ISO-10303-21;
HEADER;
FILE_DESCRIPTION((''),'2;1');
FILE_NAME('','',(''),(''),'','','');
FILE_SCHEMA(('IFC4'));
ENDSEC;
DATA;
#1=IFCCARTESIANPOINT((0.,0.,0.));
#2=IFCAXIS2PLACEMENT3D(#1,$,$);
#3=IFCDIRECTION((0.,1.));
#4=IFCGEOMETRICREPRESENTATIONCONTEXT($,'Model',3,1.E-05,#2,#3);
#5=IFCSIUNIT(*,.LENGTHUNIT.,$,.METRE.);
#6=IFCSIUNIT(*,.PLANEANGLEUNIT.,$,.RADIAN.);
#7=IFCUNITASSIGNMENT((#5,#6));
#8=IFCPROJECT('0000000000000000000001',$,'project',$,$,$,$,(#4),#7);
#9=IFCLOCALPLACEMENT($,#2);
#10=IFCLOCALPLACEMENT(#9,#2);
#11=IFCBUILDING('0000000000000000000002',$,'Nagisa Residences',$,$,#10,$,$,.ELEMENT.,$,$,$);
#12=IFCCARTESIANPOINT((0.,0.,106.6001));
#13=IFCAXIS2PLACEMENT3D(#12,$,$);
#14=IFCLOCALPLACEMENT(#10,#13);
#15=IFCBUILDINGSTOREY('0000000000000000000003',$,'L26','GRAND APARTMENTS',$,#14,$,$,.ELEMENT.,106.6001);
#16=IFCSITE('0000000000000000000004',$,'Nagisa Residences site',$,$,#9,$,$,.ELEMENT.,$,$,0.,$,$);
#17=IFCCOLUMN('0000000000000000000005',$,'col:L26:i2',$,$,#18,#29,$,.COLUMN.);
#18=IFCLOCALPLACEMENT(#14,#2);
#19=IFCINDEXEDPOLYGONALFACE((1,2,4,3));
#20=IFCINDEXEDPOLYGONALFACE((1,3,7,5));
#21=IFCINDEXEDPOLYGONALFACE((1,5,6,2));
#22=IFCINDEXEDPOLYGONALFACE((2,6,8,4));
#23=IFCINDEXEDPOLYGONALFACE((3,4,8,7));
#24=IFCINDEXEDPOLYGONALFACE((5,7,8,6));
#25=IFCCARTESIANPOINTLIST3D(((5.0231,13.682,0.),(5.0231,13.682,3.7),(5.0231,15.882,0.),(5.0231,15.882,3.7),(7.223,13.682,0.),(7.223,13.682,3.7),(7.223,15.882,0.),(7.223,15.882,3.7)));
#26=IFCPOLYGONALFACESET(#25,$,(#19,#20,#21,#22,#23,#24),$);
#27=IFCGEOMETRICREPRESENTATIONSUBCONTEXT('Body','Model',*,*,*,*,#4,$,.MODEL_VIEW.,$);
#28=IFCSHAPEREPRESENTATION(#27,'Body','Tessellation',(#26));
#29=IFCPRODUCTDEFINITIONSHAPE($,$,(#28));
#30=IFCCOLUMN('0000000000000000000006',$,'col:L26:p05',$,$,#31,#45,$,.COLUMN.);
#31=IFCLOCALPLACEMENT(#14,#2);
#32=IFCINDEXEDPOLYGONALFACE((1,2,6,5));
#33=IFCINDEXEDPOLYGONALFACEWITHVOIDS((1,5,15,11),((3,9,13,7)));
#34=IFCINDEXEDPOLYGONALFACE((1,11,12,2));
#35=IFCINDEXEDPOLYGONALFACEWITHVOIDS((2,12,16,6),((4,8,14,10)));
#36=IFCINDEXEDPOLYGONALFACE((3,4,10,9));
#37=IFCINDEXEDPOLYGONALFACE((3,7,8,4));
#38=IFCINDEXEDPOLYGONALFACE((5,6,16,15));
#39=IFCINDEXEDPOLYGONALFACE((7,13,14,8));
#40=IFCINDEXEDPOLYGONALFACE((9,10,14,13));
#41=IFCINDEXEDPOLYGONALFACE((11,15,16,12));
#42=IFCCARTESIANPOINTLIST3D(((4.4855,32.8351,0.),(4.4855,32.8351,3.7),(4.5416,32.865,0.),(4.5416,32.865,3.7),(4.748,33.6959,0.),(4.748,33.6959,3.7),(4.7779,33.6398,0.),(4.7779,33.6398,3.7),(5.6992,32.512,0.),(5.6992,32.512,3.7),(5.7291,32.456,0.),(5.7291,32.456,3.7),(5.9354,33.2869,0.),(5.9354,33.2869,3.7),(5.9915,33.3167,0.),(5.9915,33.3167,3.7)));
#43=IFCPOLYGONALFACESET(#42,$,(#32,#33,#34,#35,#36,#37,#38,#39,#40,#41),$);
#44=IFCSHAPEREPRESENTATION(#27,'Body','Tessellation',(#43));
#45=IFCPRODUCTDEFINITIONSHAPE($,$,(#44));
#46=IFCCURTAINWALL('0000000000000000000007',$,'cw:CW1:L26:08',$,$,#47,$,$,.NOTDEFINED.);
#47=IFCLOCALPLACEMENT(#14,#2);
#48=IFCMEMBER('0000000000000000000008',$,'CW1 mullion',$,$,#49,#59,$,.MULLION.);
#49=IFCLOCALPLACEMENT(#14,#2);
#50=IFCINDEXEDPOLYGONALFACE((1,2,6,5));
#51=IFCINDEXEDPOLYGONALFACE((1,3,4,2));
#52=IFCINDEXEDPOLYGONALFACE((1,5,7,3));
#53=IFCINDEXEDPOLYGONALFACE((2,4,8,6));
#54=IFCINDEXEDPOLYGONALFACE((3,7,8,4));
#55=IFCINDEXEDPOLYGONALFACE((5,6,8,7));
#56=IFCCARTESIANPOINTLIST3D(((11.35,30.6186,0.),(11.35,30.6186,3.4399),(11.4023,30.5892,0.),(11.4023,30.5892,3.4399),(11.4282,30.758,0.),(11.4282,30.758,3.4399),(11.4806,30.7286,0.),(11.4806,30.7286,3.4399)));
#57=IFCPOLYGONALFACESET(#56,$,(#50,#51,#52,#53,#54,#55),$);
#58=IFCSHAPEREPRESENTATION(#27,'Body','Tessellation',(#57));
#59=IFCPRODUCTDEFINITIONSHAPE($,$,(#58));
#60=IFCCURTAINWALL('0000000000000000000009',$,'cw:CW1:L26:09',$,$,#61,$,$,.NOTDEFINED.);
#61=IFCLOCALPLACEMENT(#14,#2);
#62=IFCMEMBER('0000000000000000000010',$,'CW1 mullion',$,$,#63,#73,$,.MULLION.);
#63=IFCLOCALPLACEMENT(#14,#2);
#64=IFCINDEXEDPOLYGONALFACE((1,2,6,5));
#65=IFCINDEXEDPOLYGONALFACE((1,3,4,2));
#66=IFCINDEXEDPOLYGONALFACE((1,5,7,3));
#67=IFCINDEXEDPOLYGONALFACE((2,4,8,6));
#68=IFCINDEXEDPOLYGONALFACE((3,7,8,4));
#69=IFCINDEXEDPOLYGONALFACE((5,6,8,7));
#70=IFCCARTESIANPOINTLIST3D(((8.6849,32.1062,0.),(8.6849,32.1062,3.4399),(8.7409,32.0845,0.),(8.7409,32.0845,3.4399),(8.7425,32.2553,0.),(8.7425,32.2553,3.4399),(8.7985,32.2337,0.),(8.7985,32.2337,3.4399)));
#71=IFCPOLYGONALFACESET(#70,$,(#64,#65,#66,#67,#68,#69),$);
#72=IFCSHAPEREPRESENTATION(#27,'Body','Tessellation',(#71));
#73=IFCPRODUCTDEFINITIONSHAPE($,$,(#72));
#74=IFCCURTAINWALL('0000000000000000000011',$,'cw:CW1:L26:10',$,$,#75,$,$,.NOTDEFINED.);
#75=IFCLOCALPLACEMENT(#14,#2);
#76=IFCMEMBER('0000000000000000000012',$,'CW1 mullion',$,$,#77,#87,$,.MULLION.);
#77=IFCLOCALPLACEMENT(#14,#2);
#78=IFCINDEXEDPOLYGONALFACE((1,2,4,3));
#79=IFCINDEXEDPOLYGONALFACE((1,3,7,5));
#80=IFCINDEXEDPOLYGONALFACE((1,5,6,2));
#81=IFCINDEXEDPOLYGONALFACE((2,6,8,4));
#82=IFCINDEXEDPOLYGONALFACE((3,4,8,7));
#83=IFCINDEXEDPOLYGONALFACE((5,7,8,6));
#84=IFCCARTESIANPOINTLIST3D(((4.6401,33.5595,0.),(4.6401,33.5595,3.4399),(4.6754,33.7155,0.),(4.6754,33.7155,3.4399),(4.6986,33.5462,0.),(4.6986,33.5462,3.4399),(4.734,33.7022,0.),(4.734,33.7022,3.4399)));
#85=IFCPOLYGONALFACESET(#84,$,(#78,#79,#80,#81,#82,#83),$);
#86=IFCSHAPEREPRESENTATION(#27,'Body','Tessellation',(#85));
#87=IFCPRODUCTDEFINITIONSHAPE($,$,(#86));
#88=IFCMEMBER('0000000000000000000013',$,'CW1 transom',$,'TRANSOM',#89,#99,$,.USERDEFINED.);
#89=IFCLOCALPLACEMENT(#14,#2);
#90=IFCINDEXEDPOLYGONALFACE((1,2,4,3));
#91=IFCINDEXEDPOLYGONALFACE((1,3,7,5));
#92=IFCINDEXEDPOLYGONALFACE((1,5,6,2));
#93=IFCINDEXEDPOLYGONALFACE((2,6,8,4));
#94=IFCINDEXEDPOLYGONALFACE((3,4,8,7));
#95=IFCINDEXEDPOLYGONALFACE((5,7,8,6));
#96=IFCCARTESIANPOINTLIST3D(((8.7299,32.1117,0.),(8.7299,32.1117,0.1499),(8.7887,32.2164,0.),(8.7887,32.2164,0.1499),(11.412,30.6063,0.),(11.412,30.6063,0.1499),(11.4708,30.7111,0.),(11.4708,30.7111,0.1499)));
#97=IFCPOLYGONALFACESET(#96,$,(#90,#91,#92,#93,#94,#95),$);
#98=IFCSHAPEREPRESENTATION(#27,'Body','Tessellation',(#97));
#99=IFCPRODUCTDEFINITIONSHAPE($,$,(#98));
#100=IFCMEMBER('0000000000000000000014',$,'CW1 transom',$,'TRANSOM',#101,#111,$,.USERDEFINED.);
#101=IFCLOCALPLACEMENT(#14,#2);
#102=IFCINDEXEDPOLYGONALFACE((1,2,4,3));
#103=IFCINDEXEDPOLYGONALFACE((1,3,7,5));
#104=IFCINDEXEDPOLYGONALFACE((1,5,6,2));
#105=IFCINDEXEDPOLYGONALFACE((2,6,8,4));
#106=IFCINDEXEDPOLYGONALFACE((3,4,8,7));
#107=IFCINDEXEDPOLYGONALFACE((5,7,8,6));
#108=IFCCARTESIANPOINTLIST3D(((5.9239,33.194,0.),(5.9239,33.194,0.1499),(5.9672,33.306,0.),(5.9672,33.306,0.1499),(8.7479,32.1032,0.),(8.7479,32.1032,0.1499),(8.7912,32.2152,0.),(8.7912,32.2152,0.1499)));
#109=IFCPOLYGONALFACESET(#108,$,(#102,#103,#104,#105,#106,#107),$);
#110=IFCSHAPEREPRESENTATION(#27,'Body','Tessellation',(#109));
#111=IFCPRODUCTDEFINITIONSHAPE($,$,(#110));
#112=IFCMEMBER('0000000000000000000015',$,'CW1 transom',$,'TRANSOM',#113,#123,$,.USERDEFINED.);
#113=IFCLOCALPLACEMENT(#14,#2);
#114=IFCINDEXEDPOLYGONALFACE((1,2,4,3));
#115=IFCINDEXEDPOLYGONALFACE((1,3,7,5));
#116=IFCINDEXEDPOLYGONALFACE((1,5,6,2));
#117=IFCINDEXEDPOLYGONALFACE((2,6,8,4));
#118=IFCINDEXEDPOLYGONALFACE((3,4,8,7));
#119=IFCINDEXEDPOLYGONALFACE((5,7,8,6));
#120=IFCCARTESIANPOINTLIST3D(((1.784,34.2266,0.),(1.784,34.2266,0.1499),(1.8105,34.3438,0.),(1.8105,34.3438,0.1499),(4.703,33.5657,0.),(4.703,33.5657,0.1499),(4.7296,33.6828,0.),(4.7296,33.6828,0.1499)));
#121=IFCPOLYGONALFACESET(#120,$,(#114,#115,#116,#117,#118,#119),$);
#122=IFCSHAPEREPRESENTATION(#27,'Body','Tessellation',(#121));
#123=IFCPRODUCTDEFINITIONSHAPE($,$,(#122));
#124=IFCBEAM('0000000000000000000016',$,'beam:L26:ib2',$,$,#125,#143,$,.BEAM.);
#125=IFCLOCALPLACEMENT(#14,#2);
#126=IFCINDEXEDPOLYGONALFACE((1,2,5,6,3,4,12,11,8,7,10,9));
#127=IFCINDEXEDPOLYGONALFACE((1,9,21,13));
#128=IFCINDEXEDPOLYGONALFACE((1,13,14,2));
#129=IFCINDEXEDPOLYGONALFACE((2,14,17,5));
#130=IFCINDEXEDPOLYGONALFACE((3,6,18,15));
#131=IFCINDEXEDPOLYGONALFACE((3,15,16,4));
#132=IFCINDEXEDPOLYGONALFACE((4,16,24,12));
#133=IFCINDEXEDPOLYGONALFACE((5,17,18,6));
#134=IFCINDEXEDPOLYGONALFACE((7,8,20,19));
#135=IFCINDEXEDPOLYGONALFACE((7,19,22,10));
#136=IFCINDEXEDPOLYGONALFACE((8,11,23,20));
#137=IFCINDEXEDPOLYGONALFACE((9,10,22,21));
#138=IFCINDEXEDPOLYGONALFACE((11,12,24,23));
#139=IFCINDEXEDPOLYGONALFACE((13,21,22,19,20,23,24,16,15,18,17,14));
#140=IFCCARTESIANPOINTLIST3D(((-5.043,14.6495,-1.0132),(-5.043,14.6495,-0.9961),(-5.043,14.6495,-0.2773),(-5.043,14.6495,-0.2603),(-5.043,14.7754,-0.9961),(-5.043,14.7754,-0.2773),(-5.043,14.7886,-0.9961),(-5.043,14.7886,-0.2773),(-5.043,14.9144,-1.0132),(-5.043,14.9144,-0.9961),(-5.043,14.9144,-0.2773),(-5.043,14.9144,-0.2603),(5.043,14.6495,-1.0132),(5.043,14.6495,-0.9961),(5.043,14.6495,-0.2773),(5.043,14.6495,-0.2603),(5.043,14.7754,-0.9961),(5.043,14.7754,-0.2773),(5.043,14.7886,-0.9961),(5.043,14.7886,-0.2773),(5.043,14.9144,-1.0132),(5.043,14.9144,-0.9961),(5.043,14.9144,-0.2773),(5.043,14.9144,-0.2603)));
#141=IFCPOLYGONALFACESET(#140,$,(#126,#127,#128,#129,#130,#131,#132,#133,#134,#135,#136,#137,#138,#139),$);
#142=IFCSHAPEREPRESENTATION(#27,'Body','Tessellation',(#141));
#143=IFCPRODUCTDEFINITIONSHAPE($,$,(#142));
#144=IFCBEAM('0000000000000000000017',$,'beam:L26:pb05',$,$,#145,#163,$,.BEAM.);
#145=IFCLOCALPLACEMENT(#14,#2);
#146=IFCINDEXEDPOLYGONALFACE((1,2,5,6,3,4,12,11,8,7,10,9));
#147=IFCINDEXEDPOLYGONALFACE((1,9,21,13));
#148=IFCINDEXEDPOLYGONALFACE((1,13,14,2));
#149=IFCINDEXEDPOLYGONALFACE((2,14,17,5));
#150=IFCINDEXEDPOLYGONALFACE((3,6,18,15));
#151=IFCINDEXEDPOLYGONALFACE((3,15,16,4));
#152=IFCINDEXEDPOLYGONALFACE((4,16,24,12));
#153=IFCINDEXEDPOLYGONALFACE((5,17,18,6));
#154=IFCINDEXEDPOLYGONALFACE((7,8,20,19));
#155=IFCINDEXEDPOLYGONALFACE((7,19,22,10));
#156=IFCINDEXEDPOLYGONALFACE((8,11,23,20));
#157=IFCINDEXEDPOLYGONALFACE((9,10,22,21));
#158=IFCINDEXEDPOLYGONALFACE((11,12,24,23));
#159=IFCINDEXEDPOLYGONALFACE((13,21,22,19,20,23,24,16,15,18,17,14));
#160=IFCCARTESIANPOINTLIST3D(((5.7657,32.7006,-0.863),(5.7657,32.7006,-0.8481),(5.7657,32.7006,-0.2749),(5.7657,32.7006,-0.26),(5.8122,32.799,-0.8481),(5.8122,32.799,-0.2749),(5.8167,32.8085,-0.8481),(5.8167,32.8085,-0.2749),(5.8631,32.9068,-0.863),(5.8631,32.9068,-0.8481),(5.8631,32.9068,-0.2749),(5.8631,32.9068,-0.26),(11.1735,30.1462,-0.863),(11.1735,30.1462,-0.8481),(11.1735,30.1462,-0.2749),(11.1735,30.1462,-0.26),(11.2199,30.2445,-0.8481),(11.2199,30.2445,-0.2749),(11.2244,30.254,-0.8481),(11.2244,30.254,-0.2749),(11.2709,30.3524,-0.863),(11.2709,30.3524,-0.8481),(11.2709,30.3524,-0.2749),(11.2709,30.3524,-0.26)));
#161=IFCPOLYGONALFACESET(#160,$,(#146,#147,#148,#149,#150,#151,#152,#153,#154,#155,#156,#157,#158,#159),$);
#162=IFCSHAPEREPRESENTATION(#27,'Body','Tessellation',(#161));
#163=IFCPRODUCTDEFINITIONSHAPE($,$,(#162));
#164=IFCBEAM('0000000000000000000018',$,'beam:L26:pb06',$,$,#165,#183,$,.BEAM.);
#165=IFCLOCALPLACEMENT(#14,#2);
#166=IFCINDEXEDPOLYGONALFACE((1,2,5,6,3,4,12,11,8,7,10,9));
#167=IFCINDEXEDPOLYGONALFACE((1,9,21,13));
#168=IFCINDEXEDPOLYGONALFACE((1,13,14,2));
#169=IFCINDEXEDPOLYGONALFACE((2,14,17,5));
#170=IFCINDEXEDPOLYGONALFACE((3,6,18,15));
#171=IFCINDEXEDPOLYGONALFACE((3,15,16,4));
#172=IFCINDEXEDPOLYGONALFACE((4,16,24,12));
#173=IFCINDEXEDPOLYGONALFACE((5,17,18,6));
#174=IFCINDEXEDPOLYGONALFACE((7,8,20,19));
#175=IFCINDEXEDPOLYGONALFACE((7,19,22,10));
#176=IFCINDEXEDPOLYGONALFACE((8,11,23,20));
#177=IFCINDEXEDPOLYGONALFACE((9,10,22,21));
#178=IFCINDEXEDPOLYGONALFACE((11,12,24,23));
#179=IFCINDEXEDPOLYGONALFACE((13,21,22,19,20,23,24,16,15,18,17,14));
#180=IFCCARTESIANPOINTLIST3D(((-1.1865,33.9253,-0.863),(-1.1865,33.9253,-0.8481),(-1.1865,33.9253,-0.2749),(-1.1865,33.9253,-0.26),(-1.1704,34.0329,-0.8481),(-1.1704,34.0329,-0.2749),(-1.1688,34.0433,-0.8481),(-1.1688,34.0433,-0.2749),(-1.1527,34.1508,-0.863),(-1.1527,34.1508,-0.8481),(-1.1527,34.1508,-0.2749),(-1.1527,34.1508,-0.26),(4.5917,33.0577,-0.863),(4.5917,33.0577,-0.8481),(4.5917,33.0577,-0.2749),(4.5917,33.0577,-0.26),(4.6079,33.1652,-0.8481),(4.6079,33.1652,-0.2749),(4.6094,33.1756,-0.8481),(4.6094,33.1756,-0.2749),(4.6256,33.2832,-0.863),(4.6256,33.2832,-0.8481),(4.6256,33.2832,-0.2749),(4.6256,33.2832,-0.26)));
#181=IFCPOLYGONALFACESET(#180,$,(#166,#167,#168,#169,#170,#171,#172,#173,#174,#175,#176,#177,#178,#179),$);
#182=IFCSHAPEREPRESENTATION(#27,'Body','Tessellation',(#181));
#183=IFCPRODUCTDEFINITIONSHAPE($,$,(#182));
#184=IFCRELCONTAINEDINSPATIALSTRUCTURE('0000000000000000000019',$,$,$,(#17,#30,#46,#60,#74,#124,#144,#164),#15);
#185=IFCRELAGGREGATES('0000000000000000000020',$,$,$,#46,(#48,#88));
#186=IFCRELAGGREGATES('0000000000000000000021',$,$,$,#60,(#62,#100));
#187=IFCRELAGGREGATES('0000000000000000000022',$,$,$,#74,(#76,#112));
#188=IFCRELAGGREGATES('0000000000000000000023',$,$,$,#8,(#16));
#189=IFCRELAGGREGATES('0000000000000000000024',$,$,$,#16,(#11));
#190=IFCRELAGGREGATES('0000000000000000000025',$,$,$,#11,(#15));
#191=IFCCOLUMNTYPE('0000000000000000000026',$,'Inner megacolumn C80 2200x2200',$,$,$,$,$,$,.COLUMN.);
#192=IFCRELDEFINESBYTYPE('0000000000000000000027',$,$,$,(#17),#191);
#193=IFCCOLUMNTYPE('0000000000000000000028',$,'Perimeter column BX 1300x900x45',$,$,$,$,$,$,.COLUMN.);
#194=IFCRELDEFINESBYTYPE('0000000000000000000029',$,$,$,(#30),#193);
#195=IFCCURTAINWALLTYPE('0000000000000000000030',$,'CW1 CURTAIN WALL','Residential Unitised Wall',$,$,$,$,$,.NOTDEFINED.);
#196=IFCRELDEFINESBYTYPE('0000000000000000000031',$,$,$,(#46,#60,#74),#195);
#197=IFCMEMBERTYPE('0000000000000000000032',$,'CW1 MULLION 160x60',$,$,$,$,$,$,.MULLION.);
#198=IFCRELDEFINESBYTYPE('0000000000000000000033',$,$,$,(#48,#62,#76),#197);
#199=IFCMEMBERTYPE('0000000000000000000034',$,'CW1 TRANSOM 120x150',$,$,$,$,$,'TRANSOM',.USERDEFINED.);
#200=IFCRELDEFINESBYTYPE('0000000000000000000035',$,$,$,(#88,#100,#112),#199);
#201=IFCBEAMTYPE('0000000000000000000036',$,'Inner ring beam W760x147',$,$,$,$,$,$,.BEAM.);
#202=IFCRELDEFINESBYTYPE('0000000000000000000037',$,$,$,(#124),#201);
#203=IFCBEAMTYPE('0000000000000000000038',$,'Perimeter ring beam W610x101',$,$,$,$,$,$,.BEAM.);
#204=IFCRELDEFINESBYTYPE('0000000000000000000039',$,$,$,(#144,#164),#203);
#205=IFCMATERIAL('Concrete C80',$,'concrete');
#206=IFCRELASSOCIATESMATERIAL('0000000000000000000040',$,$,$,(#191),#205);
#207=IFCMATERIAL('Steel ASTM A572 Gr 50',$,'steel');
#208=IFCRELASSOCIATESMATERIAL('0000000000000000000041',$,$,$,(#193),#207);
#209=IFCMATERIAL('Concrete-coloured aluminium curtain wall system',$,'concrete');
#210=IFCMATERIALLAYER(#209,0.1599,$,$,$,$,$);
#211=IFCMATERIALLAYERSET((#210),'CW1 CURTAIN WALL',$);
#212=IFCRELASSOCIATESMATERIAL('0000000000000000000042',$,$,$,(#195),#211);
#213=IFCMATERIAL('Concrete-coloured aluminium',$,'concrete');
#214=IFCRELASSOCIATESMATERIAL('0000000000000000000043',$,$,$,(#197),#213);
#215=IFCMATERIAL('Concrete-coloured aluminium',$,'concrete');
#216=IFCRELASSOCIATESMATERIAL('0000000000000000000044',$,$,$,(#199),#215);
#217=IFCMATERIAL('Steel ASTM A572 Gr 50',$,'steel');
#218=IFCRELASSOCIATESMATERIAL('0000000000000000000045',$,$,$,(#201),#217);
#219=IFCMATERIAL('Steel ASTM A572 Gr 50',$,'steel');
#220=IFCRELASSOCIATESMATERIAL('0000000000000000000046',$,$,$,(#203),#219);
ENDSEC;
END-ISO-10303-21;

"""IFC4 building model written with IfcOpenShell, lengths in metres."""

from ifc_helpers import new_model, si_unit, direction, frame, origin, origin_2d, place, context, subcontext, project, spatial, rectangle, hollow_rectangle, i_section, extrude, material, layer, layer_set, material_profile, profile_set, type_object, element, aggregate, save


model = new_model("IFC4")

# Units and contexts
model_context = context("Model", 3, precision=1e-05, world=origin(), true_north=direction((0.0, 1.0)))
body_context = subcontext(model_context, "Body", "Model", "MODEL_VIEW")
ifc_project = project(units=[si_unit("LENGTHUNIT", "METRE"), si_unit("PLANEANGLEUNIT", "RADIAN")], contexts=[model_context])

# Site, building, storey
site_placement = place(None, origin())
site = spatial("IfcSite", under=ifc_project, at=site_placement, Name="Nagisa Residences site", CompositionType="ELEMENT", RefElevation=0.0)
building_placement = place(site_placement, origin())
building = spatial("IfcBuilding", under=site, at=building_placement, Name="Nagisa Residences", CompositionType="ELEMENT")
storey_placement = place(building_placement, frame((0.0, 0.0, 106.6001)))
storey = spatial("IfcBuildingStorey", under=building, at=storey_placement, Name="L26", Description="GRAND APARTMENTS", CompositionType="ELEMENT", Elevation=106.6001)

# Columns
ifc_material_1 = material(Name="Concrete C80", Category="concrete")
ifc_material_profile_1 = material_profile(ifc_material_1, rectangle(XDim=2.2, YDim=2.2, at=origin_2d()), Name="C80 2200x2200")
ifc_profile_set_1 = profile_set([ifc_material_profile_1], Name="Concrete C80")
column_type_1 = type_object("IfcColumnType", Name="Inner megacolumn C80 2200x2200", PredefinedType="COLUMN", material=ifc_profile_set_1)
column_1_placement = place(storey_placement, frame((6.123, 14.782, 0.0), z_axis=(0.0, 0.0, 1.0), x_axis=(1.0, 0.0, 0.0)))
element("IfcColumn", 1, at=column_1_placement, inside=storey, type_object=column_type_1, Name="col:L26:i2", PredefinedType="COLUMN", context=body_context, shape_type="SweptSolid", body=[
    extrude(rectangle(XDim=2.2, YDim=2.2, at=origin_2d()), origin(), (0.0, 0.0, 1.0), 3.7),
])
ifc_material_2 = material(Name="Steel ASTM A572 Gr 50", Category="steel")
ifc_material_profile_2 = material_profile(ifc_material_2, hollow_rectangle(XDim=1.3, YDim=0.8999, WallThickness=0.0449, at=origin_2d()), Name="BX 1300x900x45")
ifc_profile_set_2 = profile_set([ifc_material_profile_2], Name="Steel ASTM A572 Gr 50")
column_type_2 = type_object("IfcColumnType", Name="Perimeter column BX 1300x900x45", PredefinedType="COLUMN", material=ifc_profile_set_2)
column_2_placement = place(storey_placement, frame((5.2385, 33.0759, 0.0), z_axis=(0.0, 0.0, 1.0), x_axis=(-0.956525, 0.291652, 0.0)))
element("IfcColumn", 2, at=column_2_placement, inside=storey, type_object=column_type_2, Name="col:L26:p05", PredefinedType="COLUMN", context=body_context, shape_type="SweptSolid", body=[
    extrude(hollow_rectangle(XDim=1.3, YDim=0.8999, WallThickness=0.0449, at=origin_2d()), origin(), (0.0, 0.0, 1.0), 3.7),
])

# Curtain walls, members
ifc_material_3 = material(Name="Concrete-coloured aluminium curtain wall system", Category="concrete")
ifc_layer_1 = layer(ifc_material_3, 0.1599)
ifc_layer_set_1 = layer_set([ifc_layer_1], Name="CW1 CURTAIN WALL")
curtain_wall_type = type_object("IfcCurtainWallType", Name="CW1 CURTAIN WALL", Description="Residential Unitised Wall", PredefinedType="NOTDEFINED", material=ifc_layer_set_1)
curtain_wall_1_placement = place(storey_placement, origin())
curtain_wall_1 = element("IfcCurtainWall", 3, at=curtain_wall_1_placement, inside=storey, type_object=curtain_wall_type, Name="cw:CW1:L26:08", PredefinedType="NOTDEFINED")
ifc_material_4 = material(Name="Concrete-coloured aluminium", Category="concrete")
ifc_material_profile_3 = material_profile(ifc_material_4, rectangle(XDim=0.1599, YDim=0.0601, at=origin_2d()), Name="CW1 MULLION 160x60")
ifc_profile_set_3 = profile_set([ifc_material_profile_3], Name="Concrete-coloured aluminium")
member_type_1 = type_object("IfcMemberType", Name="CW1 MULLION 160x60", PredefinedType="MULLION", material=ifc_profile_set_3)
member_1_placement = place(storey_placement, frame((11.4153, 30.6736, 0.0), z_axis=(0.0, 0.0, 1.0), x_axis=(-0.489377, -0.872072, 0.0)))
member_1 = element("IfcMember", 4, at=member_1_placement, type_object=member_type_1, Name="CW1 mullion", PredefinedType="MULLION", context=body_context, shape_type="SweptSolid", body=[
    extrude(rectangle(XDim=0.1599, YDim=0.0601, at=origin_2d()), origin(), (0.0, 0.0, 1.0), 3.4399),
])
curtain_wall_2_placement = place(storey_placement, origin())
curtain_wall_2 = element("IfcCurtainWall", 5, at=curtain_wall_2_placement, inside=storey, type_object=curtain_wall_type, Name="cw:CW1:L26:09", PredefinedType="NOTDEFINED")
member_2_placement = place(storey_placement, frame((8.7417, 32.1699, 0.0), z_axis=(0.0, 0.0, 1.0), x_axis=(-0.360328, -0.932826, 0.0)))
member_2 = element("IfcMember", 6, at=member_2_placement, type_object=member_type_1, Name="CW1 mullion", PredefinedType="MULLION", context=body_context, shape_type="SweptSolid", body=[
    extrude(rectangle(XDim=0.1599, YDim=0.0601, at=origin_2d()), origin(), (0.0, 0.0, 1.0), 3.4399),
])
curtain_wall_3_placement = place(storey_placement, origin())
curtain_wall_3 = element("IfcCurtainWall", 7, at=curtain_wall_3_placement, inside=storey, type_object=curtain_wall_type, Name="cw:CW1:L26:10", PredefinedType="NOTDEFINED")
member_3_placement = place(storey_placement, frame((4.687, 33.6309, 0.0), z_axis=(0.0, 0.0, 1.0), x_axis=(-0.220764, -0.975327, 0.0)))
member_3 = element("IfcMember", 8, at=member_3_placement, type_object=member_type_1, Name="CW1 mullion", PredefinedType="MULLION", context=body_context, shape_type="SweptSolid", body=[
    extrude(rectangle(XDim=0.1599, YDim=0.0601, at=origin_2d()), origin(), (0.0, 0.0, 1.0), 3.4399),
])

# Members
ifc_material_5 = material(Name="Concrete-coloured aluminium", Category="concrete")
ifc_material_profile_4 = material_profile(ifc_material_5, rectangle(XDim=0.1201, YDim=0.1499, at=origin_2d()), Name="CW1 TRANSOM 120x150")
ifc_profile_set_4 = profile_set([ifc_material_profile_4], Name="Concrete-coloured aluminium")
member_type_2 = type_object("IfcMemberType", Name="CW1 TRANSOM 120x150", ElementType="TRANSOM", PredefinedType="USERDEFINED", material=ifc_profile_set_4)
member_4_placement = place(storey_placement, frame((11.4414, 30.6587, 0.075), z_axis=(-0.872037, 0.489439, 0.0), x_axis=(-0.489439, -0.872037, 0.0)))
member_4 = element("IfcMember", 9, at=member_4_placement, type_object=member_type_2, Name="CW1 transom", ObjectType="TRANSOM", PredefinedType="USERDEFINED", context=body_context, shape_type="SweptSolid", body=[
    extrude(rectangle(XDim=0.1201, YDim=0.1499, at=origin_2d()), origin(), (0.0, 0.0, 1.0), 3.0757),
])
member_5_placement = place(storey_placement, frame((8.7695, 32.1592, 0.075), z_axis=(-0.932827, 0.360324, 0.0), x_axis=(-0.360324, -0.932827, 0.0)))
member_5 = element("IfcMember", 10, at=member_5_placement, type_object=member_type_2, Name="CW1 transom", ObjectType="TRANSOM", PredefinedType="USERDEFINED", context=body_context, shape_type="SweptSolid", body=[
    extrude(rectangle(XDim=0.1201, YDim=0.1499, at=origin_2d()), origin(), (0.0, 0.0, 1.0), 3.0273),
])
member_6_placement = place(storey_placement, frame((4.7163, 33.6243, 0.075), z_axis=(-0.975314, 0.220824, 0.0), x_axis=(-0.220824, -0.975314, 0.0)))
member_6 = element("IfcMember", 11, at=member_6_placement, type_object=member_type_2, Name="CW1 transom", ObjectType="TRANSOM", PredefinedType="USERDEFINED", context=body_context, shape_type="SweptSolid", body=[
    extrude(rectangle(XDim=0.1201, YDim=0.1499, at=origin_2d()), origin(), (0.0, 0.0, 1.0), 2.9929),
])

# Beams
ifc_material_6 = material(Name="Steel ASTM A572 Gr 50", Category="steel")
ifc_material_profile_5 = material_profile(ifc_material_6, i_section(OverallWidth=0.2649, OverallDepth=0.7529, WebThickness=0.0132, FlangeThickness=0.0171, at=origin_2d()), Name="W760x147")
ifc_profile_set_5 = profile_set([ifc_material_profile_5], Name="Steel ASTM A572 Gr 50")
beam_type_1 = type_object("IfcBeamType", Name="Inner ring beam W760x147", PredefinedType="BEAM", material=ifc_profile_set_5)
beam_1_placement = place(storey_placement, frame((5.043, 14.782, -0.6367), z_axis=(-1.0, 0.0, 0.0), x_axis=(0.0, -1.0, 0.0)))
element("IfcBeam", 12, at=beam_1_placement, inside=storey, type_object=beam_type_1, Name="beam:L26:ib2", PredefinedType="BEAM", context=body_context, shape_type="SweptSolid", body=[
    extrude(i_section(OverallWidth=0.2649, OverallDepth=0.7529, WebThickness=0.0132, FlangeThickness=0.0171, at=origin_2d()), origin(), (0.0, 0.0, 1.0), 10.0859),
])
ifc_material_7 = material(Name="Steel ASTM A572 Gr 50", Category="steel")
ifc_material_profile_6 = material_profile(ifc_material_7, i_section(OverallWidth=0.228, OverallDepth=0.603, WebThickness=0.0105, FlangeThickness=0.0149, at=origin_2d()), Name="W610x101")
ifc_profile_set_6 = profile_set([ifc_material_profile_6], Name="Steel ASTM A572 Gr 50")
beam_type_2 = type_object("IfcBeamType", Name="Perimeter ring beam W610x101", PredefinedType="BEAM", material=ifc_profile_set_6)
beam_2_placement = place(storey_placement, frame((11.2222, 30.2493, -0.5615), z_axis=(-0.904197, 0.427116, 0.0), x_axis=(-0.427116, -0.904197, 0.0)))
element("IfcBeam", 13, at=beam_2_placement, inside=storey, type_object=beam_type_2, Name="beam:L26:pb05", PredefinedType="BEAM", context=body_context, shape_type="SweptSolid", body=[
    extrude(i_section(OverallWidth=0.228, OverallDepth=0.603, WebThickness=0.0105, FlangeThickness=0.0149, at=origin_2d()), origin(), (0.0, 0.0, 1.0), 5.9807),
])
beam_3_placement = place(storey_placement, frame((4.6086, 33.1704, -0.5615), z_axis=(-0.988913, 0.148496, 0.0), x_axis=(-0.148496, -0.988913, 0.0)))
element("IfcBeam", 14, at=beam_3_placement, inside=storey, type_object=beam_type_2, Name="beam:L26:pb06", PredefinedType="BEAM", context=body_context, shape_type="SweptSolid", body=[
    extrude(i_section(OverallWidth=0.228, OverallDepth=0.603, WebThickness=0.0105, FlangeThickness=0.0149, at=origin_2d()), origin(), (0.0, 0.0, 1.0), 5.843),
])

aggregate(curtain_wall_1, [member_1, member_4])
aggregate(curtain_wall_2, [member_2, member_5])
aggregate(curtain_wall_3, [member_3, member_6])

save(model, "model.ifc")
